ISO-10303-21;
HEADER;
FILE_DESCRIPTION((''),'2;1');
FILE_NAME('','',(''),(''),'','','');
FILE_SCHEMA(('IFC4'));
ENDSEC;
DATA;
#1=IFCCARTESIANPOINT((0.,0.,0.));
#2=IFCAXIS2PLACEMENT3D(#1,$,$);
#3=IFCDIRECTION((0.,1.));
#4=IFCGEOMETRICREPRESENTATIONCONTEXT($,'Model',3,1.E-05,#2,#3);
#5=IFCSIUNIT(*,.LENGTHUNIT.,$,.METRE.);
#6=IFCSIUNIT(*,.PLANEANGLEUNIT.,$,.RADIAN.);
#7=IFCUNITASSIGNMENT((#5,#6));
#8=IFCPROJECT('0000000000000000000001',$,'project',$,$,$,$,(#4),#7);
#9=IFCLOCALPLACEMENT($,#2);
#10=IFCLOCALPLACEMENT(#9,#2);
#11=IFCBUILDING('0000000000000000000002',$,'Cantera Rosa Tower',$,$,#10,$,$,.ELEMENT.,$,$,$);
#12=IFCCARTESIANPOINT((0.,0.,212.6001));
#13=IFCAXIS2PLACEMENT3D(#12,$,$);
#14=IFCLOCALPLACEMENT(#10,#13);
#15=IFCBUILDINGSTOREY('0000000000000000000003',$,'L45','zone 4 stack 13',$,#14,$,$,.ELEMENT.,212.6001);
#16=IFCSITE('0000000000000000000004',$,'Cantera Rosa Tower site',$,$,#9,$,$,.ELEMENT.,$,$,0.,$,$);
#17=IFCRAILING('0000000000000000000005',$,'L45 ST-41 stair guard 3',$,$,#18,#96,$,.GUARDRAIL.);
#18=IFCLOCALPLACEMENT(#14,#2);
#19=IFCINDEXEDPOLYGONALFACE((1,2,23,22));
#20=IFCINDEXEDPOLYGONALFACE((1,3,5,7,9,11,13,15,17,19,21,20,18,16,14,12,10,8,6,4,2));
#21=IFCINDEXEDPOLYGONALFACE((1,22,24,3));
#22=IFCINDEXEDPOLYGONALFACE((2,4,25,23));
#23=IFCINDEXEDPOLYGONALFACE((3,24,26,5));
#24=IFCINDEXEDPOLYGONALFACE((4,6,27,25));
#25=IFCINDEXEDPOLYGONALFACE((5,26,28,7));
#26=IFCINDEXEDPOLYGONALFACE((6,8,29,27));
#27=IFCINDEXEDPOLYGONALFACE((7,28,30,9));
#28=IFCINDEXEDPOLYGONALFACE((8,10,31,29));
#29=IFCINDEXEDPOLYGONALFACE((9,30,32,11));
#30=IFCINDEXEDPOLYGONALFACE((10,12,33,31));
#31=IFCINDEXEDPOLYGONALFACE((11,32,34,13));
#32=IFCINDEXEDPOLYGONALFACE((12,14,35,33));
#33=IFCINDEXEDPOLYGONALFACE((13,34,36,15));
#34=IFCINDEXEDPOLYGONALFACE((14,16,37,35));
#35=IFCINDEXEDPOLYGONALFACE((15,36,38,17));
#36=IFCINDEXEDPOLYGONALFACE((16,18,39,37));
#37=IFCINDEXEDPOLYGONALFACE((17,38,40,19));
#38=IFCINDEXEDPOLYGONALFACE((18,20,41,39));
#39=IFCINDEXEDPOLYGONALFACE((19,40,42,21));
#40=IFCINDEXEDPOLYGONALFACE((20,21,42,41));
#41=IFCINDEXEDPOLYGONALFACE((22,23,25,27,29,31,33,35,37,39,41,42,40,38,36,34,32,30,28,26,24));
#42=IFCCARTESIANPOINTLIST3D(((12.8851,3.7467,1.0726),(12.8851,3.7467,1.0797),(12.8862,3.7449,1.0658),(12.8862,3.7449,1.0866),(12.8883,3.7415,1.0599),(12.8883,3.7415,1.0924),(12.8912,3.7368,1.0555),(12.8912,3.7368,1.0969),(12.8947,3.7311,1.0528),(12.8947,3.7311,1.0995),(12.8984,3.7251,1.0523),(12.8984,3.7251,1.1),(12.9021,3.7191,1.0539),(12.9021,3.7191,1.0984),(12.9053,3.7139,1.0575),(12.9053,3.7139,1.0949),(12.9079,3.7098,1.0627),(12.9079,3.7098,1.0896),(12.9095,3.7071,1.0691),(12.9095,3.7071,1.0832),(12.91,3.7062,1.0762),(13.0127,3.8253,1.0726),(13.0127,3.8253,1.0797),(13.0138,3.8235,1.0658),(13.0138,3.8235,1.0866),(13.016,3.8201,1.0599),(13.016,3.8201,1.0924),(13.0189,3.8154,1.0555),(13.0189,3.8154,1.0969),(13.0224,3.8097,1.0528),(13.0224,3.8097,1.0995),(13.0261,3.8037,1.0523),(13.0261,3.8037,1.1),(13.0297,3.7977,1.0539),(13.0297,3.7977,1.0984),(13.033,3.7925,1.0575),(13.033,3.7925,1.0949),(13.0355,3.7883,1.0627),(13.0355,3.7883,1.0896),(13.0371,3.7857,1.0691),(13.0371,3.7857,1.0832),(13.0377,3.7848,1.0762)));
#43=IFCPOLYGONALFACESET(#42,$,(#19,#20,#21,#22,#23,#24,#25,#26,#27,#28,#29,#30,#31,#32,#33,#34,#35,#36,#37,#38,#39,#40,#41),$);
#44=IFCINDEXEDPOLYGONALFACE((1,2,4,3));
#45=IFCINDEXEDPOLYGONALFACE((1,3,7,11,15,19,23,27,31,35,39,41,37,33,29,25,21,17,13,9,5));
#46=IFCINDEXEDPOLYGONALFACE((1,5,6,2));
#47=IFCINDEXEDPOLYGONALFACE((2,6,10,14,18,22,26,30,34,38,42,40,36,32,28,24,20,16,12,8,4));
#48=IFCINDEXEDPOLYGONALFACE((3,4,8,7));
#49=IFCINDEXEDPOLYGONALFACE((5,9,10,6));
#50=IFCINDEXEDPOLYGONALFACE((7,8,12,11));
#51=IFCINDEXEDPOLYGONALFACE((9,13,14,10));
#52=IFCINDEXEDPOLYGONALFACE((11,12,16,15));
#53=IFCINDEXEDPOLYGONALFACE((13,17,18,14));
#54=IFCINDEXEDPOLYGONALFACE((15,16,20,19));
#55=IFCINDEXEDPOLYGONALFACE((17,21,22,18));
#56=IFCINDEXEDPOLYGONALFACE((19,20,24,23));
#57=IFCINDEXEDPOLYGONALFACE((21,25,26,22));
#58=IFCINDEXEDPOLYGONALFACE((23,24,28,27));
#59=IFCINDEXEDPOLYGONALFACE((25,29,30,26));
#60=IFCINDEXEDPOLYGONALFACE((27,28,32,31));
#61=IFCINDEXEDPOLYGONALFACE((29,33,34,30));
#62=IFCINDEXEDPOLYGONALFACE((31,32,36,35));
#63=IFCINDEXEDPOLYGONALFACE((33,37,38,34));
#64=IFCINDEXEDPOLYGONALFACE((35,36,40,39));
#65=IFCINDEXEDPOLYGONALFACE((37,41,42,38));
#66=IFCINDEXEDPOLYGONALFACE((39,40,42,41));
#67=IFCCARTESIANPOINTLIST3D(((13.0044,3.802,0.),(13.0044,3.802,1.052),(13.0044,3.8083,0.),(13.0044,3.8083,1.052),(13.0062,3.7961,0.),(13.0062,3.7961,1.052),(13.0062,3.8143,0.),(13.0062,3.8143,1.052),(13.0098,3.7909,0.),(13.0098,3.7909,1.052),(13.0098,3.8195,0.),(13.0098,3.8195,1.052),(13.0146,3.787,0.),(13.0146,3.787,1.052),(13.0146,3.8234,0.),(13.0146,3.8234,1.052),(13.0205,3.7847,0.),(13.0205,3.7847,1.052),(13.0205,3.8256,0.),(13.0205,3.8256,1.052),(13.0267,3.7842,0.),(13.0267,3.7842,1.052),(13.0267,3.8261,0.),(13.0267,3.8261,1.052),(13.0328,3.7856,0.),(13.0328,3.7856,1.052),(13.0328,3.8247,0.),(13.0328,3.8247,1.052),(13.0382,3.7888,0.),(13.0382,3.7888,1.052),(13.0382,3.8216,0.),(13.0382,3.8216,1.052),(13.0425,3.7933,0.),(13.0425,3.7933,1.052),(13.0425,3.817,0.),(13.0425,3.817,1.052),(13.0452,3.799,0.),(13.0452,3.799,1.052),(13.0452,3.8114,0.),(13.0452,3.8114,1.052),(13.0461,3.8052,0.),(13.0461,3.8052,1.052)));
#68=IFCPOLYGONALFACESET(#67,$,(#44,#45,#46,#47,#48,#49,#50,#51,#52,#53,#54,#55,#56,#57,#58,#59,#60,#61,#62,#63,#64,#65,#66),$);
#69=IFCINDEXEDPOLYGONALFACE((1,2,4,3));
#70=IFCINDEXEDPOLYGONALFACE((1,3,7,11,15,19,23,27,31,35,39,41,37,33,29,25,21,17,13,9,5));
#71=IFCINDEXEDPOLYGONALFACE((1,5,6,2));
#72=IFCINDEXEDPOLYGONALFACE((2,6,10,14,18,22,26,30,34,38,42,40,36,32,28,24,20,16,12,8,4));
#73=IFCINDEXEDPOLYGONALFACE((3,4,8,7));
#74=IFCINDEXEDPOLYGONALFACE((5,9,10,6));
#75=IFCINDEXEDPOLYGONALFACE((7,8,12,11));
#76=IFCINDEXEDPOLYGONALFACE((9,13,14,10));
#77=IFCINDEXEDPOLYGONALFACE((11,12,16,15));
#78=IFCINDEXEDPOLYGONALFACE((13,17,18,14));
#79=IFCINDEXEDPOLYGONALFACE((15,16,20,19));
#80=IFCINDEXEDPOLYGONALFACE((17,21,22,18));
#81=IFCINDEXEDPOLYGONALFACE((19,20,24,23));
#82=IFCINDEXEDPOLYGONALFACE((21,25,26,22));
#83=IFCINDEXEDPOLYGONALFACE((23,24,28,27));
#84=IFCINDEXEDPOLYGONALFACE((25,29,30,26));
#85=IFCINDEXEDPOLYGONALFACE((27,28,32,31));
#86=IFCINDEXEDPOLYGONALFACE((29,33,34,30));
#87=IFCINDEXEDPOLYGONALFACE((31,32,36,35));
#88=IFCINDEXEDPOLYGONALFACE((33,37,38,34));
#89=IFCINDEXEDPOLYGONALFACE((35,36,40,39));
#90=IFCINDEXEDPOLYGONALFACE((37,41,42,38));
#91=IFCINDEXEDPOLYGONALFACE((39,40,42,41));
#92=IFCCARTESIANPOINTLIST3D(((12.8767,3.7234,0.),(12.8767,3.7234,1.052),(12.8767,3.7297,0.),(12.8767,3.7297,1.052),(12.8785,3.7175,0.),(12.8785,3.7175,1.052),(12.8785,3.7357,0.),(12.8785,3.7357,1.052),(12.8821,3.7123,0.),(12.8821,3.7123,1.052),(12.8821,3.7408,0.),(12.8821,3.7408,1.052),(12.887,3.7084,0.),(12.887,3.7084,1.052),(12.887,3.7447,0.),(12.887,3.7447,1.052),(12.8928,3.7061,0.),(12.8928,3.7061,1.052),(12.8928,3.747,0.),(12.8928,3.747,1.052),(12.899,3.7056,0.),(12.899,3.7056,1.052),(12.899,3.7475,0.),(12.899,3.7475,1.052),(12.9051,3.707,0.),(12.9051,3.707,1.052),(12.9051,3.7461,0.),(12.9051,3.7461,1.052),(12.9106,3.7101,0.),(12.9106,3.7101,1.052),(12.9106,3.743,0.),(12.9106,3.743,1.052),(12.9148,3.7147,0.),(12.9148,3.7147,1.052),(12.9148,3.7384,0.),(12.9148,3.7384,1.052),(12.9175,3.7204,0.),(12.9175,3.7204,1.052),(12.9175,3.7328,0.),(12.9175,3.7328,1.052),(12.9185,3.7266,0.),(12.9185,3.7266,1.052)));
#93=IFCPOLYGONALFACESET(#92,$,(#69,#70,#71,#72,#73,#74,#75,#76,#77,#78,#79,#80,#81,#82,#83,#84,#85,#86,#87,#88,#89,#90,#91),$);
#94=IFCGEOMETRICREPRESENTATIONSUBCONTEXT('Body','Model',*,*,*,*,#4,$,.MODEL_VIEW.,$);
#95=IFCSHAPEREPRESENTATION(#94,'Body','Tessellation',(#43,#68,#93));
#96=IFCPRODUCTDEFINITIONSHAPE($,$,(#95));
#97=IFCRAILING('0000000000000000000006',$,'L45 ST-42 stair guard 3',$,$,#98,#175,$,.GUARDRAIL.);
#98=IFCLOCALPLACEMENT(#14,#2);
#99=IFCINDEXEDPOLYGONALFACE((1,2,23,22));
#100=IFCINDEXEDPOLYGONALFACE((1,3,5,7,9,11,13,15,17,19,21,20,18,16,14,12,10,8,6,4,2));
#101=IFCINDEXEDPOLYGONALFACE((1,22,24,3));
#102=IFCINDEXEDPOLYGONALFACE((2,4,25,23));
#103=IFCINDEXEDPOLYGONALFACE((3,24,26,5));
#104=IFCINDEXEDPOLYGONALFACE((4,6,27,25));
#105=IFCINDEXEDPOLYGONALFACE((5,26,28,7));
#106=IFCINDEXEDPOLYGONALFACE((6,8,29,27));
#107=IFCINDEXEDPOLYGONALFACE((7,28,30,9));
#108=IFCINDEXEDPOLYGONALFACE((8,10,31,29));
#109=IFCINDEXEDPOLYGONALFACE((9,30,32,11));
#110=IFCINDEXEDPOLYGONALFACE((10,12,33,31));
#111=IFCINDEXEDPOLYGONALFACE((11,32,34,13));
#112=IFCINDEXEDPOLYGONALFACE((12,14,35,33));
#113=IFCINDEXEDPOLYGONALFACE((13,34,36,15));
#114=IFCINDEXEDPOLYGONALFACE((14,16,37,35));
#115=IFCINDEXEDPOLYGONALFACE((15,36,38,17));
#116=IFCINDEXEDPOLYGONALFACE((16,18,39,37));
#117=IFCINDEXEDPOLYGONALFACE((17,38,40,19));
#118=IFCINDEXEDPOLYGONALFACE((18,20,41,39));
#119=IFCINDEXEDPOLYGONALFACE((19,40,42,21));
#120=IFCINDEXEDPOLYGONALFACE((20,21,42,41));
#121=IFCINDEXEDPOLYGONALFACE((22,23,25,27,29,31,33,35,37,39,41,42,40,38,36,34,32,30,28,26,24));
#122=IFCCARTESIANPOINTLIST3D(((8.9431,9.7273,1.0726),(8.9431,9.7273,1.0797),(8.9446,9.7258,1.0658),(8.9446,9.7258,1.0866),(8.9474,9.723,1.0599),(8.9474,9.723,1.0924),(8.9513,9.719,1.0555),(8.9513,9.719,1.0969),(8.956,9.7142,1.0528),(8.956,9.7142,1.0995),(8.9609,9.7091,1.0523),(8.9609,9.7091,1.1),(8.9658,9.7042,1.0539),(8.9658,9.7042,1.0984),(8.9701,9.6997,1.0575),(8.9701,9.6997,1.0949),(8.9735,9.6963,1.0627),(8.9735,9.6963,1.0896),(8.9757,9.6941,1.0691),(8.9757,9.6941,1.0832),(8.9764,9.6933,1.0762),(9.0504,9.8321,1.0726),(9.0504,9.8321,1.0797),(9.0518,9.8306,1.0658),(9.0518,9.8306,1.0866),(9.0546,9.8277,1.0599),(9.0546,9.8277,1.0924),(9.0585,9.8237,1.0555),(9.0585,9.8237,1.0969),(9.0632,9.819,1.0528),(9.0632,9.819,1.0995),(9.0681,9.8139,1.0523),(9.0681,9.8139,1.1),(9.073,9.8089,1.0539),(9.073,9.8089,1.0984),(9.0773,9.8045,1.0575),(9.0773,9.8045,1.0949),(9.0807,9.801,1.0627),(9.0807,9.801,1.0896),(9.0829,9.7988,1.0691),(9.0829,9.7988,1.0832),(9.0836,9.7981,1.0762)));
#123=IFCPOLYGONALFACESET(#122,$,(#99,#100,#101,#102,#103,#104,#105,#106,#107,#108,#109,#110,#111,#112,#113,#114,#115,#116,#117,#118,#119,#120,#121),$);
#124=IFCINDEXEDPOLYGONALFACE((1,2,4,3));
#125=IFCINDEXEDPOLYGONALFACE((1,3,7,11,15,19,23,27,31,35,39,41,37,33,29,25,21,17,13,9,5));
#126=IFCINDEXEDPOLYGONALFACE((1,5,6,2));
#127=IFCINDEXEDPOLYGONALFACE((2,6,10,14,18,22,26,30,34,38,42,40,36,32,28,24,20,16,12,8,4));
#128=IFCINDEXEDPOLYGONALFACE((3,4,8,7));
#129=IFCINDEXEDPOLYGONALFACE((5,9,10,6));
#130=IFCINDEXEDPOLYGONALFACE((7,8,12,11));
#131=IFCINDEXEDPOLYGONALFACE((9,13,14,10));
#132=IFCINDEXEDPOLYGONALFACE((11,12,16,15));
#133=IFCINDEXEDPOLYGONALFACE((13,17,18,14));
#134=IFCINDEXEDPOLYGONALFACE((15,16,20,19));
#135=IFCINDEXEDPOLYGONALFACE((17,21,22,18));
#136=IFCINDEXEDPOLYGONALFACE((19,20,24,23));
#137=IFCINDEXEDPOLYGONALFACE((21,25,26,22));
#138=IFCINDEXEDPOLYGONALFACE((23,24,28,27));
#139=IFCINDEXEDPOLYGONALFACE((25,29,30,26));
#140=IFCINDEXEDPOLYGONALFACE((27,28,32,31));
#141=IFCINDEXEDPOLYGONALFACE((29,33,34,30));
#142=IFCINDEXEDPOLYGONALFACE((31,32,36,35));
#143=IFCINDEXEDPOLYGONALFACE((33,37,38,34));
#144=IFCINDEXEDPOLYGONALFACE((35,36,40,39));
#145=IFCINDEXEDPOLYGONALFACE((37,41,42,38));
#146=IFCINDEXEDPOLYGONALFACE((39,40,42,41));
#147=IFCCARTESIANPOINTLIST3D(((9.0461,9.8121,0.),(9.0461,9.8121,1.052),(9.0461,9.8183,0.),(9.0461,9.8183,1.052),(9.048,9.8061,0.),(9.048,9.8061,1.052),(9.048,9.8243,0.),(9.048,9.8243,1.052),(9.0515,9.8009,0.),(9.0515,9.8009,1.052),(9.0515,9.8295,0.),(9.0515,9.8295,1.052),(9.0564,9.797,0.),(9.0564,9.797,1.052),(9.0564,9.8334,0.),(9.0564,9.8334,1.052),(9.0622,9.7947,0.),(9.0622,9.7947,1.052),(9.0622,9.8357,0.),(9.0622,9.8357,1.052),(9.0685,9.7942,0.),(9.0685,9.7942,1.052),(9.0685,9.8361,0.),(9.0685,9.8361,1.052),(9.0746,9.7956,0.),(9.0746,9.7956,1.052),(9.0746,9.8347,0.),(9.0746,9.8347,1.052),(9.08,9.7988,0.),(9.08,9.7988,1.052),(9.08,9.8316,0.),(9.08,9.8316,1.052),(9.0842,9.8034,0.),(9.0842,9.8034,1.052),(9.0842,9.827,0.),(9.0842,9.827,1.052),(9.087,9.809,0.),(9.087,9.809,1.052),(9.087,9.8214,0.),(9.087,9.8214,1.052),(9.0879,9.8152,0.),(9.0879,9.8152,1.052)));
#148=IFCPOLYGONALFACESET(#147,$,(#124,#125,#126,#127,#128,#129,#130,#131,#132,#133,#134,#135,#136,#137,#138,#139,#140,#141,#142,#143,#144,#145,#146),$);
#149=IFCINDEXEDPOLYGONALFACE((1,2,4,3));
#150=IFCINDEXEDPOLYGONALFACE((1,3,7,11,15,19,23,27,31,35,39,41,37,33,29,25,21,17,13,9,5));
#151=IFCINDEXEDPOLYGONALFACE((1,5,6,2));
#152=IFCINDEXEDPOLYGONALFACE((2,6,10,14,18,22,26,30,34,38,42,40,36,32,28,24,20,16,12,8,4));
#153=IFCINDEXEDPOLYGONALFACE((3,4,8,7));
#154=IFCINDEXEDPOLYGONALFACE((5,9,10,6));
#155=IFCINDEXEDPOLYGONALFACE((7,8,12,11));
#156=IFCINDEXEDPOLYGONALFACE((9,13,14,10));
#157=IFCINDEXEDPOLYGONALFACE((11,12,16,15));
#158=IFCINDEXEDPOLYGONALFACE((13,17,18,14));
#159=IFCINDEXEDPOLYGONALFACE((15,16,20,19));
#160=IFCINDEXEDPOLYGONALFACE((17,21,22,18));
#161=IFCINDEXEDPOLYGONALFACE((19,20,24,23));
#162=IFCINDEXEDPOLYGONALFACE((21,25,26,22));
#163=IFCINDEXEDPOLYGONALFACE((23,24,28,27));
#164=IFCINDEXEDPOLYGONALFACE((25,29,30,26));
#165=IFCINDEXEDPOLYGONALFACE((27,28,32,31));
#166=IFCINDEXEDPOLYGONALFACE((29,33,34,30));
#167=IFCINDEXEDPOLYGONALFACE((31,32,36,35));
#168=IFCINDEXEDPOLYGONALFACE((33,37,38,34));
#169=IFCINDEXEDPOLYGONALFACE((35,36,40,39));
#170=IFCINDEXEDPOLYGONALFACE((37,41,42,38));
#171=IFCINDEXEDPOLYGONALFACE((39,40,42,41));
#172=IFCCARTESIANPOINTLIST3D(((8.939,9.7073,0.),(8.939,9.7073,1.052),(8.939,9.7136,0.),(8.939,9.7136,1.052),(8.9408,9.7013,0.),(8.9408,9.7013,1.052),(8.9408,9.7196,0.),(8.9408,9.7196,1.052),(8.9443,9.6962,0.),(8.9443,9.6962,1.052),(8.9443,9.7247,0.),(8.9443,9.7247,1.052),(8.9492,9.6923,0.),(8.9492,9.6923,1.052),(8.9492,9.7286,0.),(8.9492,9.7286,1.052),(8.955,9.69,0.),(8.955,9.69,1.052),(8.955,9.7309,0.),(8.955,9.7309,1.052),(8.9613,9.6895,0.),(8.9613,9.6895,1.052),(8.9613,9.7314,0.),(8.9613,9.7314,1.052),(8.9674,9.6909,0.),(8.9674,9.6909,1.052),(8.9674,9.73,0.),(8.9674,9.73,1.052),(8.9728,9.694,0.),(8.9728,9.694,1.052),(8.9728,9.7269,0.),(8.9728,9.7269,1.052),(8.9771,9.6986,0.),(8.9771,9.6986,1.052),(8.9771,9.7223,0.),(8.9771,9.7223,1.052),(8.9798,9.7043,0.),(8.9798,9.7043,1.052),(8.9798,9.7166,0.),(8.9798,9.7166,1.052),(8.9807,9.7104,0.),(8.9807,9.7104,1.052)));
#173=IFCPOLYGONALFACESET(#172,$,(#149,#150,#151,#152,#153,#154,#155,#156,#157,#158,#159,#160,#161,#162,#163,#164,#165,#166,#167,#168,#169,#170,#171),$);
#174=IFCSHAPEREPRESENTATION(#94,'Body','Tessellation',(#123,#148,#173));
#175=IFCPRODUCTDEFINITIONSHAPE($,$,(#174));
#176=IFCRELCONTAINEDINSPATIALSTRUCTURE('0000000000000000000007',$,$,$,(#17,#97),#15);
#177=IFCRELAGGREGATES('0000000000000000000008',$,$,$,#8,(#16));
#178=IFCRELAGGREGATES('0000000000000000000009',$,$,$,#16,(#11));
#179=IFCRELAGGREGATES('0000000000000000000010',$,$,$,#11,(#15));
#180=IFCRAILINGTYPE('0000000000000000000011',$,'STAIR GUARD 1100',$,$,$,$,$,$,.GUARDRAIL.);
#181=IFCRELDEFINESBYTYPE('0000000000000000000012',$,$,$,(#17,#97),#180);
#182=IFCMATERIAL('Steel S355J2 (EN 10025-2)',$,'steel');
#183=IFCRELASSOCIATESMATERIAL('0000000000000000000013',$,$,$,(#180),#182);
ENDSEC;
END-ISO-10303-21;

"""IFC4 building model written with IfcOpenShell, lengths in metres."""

from ifc_helpers import new_model, si_unit, direction, frame, origin, origin_2d, place, context, subcontext, project, spatial, circle, extrude, material, type_object, element, save


model = new_model("IFC4")

# Units and contexts
model_context = context("Model", 3, precision=1e-05, world=origin(), true_north=direction((0.0, 1.0)))
body_context = subcontext(model_context, "Body", "Model", "MODEL_VIEW")
ifc_project = project(units=[si_unit("LENGTHUNIT", "METRE"), si_unit("PLANEANGLEUNIT", "RADIAN")], contexts=[model_context])

# Site, building, storey
site_placement = place(None, origin())
site = spatial("IfcSite", under=ifc_project, at=site_placement, Name="Cantera Rosa Tower site", CompositionType="ELEMENT", RefElevation=0.0)
building_placement = place(site_placement, origin())
building = spatial("IfcBuilding", under=site, at=building_placement, Name="Cantera Rosa Tower", CompositionType="ELEMENT")
storey_placement = place(building_placement, frame((0.0, 0.0, 212.6001)))
storey = spatial("IfcBuildingStorey", under=building, at=storey_placement, Name="L45", Description="zone 4 stack 13", CompositionType="ELEMENT", Elevation=212.6001)

# Railings
ifc_material_1 = material(Name="Steel S355J2 (EN 10025-2)", Category="steel")
railing_type_1 = type_object("IfcRailingType", Name="STAIR GUARD 1100", PredefinedType="GUARDRAIL", material=ifc_material_1)
railing_1_placement = place(storey_placement, frame((13.0251, 3.8052, 0.0)))
element("IfcRailing", 1, at=railing_1_placement, inside=storey, type_object=railing_type_1, Name="L45 ST-41 stair guard 3", PredefinedType="GUARDRAIL", context=body_context, shape_type="SweptSolid", body=[
    extrude(circle(Radius=0.0239, at=origin_2d()), frame((0.0, 0.0, 1.0762), z_axis=(-0.851546, -0.524279, 0.0), x_axis=(0.524279, -0.851546, 0.0)), (0.0, 0.0, 1.0), 0.1499),
    extrude(circle(Radius=0.021, at=origin_2d()), origin(), (0.0, 0.0, 1.0), 1.052),
    extrude(circle(Radius=0.021, at=origin_2d()), frame((-0.1277, -0.0786, 0.0)), (0.0, 0.0, 1.0), 1.052),
])
railing_2_placement = place(storey_placement, frame((9.0669, 9.8152, 0.0)))
element("IfcRailing", 2, at=railing_2_placement, inside=storey, type_object=railing_type_1, Name="L45 ST-42 stair guard 3", PredefinedType="GUARDRAIL", context=body_context, shape_type="SweptSolid", body=[
    extrude(circle(Radius=0.0239, at=origin_2d()), frame((0.0, 0.0, 1.0762), z_axis=(-0.715206, -0.698914, 0.0), x_axis=(0.698914, -0.715206, 0.0)), (0.0, 0.0, 1.0), 0.1499),
    extrude(circle(Radius=0.021, at=origin_2d()), origin(), (0.0, 0.0, 1.0), 1.052),
    extrude(circle(Radius=0.021, at=origin_2d()), frame((-0.1072, -0.1047, 0.0)), (0.0, 0.0, 1.0), 1.052),
])

save(model, "model.ifc")
